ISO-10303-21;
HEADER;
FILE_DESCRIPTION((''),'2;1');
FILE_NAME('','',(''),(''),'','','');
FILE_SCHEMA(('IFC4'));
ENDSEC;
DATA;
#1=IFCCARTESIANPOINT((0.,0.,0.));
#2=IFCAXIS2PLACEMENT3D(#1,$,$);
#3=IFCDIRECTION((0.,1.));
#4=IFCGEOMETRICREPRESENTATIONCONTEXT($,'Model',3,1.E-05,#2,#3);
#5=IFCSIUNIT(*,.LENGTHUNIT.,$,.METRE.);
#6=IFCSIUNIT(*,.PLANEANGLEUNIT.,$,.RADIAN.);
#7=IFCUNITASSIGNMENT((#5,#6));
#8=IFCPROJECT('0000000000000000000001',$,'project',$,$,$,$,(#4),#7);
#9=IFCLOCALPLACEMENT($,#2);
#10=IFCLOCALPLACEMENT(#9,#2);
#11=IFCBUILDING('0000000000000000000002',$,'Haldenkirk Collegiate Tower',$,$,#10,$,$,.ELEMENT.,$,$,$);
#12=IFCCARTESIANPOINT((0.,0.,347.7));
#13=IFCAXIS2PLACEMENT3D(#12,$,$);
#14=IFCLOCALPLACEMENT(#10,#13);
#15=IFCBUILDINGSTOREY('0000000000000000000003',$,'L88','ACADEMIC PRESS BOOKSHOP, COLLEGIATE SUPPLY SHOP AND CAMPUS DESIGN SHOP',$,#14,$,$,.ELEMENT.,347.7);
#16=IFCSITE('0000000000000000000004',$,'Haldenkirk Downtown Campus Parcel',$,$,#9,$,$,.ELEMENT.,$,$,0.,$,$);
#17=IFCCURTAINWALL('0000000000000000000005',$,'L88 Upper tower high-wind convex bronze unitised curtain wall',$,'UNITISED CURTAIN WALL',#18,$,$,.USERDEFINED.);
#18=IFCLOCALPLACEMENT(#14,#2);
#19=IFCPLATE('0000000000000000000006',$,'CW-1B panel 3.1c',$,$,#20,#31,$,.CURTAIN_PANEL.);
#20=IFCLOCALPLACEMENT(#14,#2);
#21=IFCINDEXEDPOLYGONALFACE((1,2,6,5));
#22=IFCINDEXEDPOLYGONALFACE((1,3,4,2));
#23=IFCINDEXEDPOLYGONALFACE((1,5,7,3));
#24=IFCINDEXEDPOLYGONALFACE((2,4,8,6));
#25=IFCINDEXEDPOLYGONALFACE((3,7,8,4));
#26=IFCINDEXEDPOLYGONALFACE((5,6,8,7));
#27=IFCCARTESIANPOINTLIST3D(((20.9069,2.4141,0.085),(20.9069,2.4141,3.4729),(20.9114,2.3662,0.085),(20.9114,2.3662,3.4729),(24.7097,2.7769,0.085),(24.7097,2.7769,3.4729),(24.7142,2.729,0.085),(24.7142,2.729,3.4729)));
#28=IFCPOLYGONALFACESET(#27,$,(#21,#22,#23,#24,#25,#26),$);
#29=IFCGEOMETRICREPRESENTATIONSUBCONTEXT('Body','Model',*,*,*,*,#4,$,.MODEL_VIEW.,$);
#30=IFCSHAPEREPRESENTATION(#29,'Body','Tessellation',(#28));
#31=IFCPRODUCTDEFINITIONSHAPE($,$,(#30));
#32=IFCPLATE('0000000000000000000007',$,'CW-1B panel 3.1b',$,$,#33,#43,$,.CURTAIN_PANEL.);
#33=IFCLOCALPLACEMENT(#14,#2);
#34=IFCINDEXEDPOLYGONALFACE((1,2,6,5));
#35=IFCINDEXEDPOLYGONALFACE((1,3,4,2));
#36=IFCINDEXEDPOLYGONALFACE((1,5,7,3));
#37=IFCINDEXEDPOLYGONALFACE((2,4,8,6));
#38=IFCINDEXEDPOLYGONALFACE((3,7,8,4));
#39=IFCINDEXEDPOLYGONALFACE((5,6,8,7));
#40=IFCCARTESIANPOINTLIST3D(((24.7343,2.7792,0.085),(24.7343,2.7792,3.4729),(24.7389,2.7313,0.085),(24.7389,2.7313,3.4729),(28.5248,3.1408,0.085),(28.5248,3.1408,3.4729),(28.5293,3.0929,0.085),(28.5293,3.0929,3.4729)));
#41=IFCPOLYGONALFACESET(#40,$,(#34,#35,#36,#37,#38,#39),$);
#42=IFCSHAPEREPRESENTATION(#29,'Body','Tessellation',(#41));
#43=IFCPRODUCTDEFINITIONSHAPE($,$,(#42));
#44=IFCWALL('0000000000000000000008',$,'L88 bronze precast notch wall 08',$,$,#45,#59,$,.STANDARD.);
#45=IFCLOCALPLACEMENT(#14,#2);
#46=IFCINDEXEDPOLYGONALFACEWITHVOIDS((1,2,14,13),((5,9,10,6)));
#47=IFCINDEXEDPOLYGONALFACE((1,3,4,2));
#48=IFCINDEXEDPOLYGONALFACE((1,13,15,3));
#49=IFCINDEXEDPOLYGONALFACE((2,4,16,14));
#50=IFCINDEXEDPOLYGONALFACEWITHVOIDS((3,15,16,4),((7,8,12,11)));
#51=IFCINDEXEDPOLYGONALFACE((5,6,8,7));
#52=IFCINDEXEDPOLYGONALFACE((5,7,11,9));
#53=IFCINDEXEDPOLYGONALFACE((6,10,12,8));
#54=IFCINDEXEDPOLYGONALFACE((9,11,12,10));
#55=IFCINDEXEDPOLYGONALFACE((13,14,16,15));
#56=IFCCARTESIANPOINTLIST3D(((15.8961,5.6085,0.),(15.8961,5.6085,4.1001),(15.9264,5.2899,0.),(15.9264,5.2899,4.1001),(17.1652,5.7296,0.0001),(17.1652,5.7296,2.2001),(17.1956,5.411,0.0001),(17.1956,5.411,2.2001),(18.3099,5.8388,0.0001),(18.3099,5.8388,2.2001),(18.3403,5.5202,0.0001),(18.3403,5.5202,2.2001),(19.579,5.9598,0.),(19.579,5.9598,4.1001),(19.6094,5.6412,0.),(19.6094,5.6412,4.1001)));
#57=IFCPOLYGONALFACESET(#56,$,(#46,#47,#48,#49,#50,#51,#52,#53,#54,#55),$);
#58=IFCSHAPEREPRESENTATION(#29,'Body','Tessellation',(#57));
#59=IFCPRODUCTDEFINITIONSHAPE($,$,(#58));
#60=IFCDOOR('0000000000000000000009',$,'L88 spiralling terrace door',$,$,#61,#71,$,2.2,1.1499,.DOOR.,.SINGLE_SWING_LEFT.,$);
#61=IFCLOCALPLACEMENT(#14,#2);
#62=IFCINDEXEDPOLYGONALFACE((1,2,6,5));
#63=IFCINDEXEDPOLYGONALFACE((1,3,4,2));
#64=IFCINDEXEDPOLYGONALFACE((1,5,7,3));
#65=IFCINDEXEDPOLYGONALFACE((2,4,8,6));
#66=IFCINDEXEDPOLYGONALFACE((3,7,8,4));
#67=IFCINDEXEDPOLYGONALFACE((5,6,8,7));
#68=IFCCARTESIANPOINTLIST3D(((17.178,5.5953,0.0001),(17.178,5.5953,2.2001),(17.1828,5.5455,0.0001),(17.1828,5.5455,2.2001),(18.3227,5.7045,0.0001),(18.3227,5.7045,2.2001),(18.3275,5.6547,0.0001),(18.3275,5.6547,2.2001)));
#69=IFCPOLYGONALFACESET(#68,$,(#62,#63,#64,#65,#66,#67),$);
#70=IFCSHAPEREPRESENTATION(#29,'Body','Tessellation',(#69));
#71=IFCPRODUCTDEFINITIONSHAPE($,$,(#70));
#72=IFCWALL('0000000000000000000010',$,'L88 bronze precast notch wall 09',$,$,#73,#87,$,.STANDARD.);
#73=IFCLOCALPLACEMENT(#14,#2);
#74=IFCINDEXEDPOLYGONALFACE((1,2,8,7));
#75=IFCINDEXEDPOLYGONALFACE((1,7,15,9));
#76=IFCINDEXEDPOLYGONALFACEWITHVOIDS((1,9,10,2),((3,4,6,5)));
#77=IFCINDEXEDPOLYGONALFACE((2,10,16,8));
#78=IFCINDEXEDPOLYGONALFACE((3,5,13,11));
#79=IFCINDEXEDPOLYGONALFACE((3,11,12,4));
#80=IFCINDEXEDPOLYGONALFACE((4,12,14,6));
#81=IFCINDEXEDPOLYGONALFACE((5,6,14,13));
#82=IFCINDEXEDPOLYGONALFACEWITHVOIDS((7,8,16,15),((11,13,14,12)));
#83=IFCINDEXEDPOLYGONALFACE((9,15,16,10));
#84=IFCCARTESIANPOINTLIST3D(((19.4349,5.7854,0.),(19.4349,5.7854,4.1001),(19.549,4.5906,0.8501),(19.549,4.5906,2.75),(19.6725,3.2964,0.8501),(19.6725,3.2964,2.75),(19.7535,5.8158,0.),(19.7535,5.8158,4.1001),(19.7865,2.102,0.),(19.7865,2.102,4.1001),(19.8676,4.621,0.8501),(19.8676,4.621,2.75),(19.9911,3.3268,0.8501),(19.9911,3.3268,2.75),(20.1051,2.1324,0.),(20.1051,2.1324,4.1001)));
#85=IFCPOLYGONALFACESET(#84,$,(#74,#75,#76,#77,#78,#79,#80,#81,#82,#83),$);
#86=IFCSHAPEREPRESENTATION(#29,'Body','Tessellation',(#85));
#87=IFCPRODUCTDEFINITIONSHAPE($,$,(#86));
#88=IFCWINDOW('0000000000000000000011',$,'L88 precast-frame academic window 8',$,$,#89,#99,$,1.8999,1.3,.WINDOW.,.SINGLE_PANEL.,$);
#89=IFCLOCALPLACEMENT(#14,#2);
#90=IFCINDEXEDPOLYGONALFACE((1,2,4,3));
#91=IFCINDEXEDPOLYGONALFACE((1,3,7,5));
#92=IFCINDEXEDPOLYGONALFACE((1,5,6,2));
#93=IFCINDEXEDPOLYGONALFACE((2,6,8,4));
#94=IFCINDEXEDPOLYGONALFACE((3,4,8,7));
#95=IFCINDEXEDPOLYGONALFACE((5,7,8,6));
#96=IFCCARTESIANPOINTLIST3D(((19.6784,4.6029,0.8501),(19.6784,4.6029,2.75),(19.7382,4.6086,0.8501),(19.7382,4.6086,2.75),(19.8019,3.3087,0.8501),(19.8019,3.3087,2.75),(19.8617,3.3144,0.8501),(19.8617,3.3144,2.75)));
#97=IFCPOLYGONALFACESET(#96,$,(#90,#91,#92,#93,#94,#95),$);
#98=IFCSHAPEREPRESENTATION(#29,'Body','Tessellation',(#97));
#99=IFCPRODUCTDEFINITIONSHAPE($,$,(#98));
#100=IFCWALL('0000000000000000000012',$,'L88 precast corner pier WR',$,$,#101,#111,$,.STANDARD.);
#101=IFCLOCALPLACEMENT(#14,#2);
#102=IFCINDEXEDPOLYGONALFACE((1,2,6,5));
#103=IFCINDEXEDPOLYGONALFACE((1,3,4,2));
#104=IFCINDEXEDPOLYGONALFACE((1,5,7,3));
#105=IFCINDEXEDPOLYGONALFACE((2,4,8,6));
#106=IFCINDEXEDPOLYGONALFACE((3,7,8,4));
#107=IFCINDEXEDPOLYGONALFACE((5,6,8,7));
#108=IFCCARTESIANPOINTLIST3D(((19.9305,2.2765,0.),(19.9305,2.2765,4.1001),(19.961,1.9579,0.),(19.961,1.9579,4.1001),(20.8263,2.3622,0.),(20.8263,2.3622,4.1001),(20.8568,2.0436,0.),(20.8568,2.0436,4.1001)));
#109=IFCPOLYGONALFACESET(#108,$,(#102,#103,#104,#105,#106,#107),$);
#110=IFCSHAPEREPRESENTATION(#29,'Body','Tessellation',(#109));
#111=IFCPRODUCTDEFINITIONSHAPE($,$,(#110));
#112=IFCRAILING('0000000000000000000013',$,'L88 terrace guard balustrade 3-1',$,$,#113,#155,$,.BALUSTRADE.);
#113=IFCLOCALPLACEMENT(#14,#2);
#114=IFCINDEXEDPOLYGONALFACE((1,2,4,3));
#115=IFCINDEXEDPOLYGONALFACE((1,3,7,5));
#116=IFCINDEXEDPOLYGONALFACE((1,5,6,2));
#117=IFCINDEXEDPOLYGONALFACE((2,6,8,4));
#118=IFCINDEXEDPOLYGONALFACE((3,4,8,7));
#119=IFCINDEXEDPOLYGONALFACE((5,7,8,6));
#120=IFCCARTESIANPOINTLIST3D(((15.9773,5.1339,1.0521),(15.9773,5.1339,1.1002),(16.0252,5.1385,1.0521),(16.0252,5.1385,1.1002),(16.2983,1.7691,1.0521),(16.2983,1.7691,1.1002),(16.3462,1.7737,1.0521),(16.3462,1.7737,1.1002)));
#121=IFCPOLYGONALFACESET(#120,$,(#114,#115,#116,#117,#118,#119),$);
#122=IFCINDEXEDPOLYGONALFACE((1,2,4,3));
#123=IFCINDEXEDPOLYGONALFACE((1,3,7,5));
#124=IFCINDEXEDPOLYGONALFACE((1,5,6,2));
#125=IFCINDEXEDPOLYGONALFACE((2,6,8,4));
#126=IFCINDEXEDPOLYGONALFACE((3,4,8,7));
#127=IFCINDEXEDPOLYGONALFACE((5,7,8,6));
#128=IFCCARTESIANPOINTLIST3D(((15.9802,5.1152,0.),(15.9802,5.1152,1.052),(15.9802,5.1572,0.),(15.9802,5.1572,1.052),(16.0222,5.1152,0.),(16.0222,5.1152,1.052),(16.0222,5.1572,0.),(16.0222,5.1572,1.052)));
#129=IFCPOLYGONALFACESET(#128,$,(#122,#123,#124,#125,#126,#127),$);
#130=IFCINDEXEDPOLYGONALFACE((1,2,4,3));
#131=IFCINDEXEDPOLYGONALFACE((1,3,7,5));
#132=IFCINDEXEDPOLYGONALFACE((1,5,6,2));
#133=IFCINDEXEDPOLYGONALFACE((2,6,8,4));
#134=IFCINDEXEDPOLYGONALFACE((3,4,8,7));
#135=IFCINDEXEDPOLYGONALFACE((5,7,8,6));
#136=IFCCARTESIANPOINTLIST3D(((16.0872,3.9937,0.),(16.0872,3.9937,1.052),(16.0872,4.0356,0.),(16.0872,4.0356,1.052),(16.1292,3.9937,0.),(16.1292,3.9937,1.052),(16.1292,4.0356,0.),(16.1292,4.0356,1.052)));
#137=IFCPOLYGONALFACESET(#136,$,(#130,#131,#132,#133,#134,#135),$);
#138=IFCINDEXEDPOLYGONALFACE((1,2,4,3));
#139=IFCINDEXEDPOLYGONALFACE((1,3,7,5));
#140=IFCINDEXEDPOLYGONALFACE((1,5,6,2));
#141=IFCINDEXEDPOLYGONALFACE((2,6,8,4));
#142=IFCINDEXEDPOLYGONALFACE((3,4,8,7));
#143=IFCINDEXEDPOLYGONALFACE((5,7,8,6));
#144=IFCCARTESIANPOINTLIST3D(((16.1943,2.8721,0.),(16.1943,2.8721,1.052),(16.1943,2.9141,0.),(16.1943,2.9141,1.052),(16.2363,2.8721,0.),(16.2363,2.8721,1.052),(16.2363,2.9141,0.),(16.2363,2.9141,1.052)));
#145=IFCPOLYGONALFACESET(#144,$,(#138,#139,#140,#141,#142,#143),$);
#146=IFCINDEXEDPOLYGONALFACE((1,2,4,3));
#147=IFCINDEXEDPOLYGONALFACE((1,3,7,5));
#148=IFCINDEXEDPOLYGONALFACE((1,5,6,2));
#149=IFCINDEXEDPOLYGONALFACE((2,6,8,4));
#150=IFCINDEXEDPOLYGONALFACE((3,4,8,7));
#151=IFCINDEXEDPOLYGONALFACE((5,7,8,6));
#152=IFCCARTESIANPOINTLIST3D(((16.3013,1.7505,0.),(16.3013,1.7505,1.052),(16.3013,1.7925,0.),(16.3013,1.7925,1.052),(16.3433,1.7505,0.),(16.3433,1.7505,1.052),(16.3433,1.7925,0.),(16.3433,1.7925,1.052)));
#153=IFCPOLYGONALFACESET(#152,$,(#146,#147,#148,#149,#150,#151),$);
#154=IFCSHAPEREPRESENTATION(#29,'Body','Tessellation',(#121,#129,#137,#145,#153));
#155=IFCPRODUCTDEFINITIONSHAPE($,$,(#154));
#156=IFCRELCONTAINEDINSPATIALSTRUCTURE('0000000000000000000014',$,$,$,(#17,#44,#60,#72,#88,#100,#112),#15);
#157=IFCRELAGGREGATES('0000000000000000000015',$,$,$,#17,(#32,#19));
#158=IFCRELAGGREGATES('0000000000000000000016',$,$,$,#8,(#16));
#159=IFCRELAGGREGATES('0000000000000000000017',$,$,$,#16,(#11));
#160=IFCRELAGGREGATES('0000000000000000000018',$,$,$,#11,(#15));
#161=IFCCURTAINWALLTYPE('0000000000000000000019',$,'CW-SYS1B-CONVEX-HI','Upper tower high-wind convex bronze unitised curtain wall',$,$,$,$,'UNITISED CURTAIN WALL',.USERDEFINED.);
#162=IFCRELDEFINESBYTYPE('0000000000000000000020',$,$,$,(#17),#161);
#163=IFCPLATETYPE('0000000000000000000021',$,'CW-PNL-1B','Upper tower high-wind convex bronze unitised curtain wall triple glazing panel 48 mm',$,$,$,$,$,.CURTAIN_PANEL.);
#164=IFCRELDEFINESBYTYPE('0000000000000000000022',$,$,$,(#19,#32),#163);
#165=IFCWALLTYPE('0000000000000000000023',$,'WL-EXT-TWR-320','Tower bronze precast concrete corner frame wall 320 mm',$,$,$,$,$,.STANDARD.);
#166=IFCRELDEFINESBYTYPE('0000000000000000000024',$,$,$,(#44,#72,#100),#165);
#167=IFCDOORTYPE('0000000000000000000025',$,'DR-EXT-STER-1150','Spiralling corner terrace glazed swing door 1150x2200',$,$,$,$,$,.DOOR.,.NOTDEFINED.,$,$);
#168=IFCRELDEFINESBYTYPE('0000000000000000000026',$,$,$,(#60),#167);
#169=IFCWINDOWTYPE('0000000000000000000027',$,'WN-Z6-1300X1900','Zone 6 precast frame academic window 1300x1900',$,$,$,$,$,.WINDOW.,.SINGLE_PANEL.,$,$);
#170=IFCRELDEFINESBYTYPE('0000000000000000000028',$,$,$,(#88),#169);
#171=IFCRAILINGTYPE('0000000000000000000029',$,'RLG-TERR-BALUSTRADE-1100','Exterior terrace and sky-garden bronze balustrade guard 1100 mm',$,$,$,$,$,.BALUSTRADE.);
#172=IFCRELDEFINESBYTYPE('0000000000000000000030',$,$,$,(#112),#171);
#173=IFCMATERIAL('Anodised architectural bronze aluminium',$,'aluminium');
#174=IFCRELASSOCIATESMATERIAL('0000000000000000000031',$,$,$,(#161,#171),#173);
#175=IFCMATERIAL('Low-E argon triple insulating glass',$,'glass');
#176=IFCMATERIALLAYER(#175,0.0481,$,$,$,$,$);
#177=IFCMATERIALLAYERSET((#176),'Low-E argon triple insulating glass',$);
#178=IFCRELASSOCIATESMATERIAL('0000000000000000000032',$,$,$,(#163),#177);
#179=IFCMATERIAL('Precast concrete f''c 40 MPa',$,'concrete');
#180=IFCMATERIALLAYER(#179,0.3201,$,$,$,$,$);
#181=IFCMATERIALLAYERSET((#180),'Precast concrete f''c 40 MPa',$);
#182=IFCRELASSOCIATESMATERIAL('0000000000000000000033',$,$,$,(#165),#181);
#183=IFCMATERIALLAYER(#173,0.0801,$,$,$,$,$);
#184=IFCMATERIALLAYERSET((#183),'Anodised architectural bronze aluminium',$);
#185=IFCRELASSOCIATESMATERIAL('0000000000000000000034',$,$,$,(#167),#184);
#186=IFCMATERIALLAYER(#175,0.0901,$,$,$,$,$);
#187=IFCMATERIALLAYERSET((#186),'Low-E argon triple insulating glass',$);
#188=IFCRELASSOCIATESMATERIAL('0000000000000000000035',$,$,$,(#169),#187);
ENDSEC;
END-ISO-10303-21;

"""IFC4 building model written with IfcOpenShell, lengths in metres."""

from ifc_helpers import new_model, si_unit, direction, frame, frame_2d, origin, origin_2d, place, context, subcontext, project, spatial, rectangle, extrude, source, transform, mapped, material, layer, layer_set, type_object, element, fill, aggregate, save


model = new_model("IFC4")

# Units and contexts
model_context = context("Model", 3, precision=1e-05, world=origin(), true_north=direction((0.0, 1.0)))
body_context = subcontext(model_context, "Body", "Model", "MODEL_VIEW")
ifc_project = project(units=[si_unit("LENGTHUNIT", "METRE"), si_unit("PLANEANGLEUNIT", "RADIAN")], contexts=[model_context])

# Site, building, storey
site_placement = place(None, origin())
site = spatial("IfcSite", under=ifc_project, at=site_placement, Name="Haldenkirk Downtown Campus Parcel", CompositionType="ELEMENT", RefElevation=0.0)
building_placement = place(site_placement, origin())
building = spatial("IfcBuilding", under=site, at=building_placement, Name="Haldenkirk Collegiate Tower", CompositionType="ELEMENT")
storey_placement = place(building_placement, frame((0.0, 0.0, 347.7)))
storey = spatial("IfcBuildingStorey", under=building, at=storey_placement, Name="L88", Description="ACADEMIC PRESS BOOKSHOP, COLLEGIATE SUPPLY SHOP AND CAMPUS DESIGN SHOP", CompositionType="ELEMENT", Elevation=347.7)

# Shared definitions
ifc_material_1 = material(Name="Anodised architectural bronze aluminium", Category="aluminium")
curtain_wall_type = type_object("IfcCurtainWallType", Name="CW-SYS1B-CONVEX-HI", Description="Upper tower high-wind convex bronze unitised curtain wall", ElementType="UNITISED CURTAIN WALL", PredefinedType="USERDEFINED", material=ifc_material_1)

# Curtain wall, plates
curtain_wall_1_placement = place(storey_placement, origin())
curtain_wall_1 = element("IfcCurtainWall", 1, at=curtain_wall_1_placement, inside=storey, type_object=curtain_wall_type, Name="L88 Upper tower high-wind convex bronze unitised curtain wall", ObjectType="UNITISED CURTAIN WALL", PredefinedType="USERDEFINED")
shared_shape_1 = source(origin(), body_context, "Body", "SweptSolid", [
    extrude(rectangle(XDim=3.8201, YDim=0.0481, at=origin_2d()), origin(), (0.0, 0.0, 1.0), 3.3879),
])
ifc_material_2 = material(Name="Low-E argon triple insulating glass", Category="glass")
ifc_layer_1 = layer(ifc_material_2, 0.0481)
ifc_layer_set_1 = layer_set([ifc_layer_1], Name="Low-E argon triple insulating glass")
plate_type_1 = type_object("IfcPlateType", Name="CW-PNL-1B", Description="Upper tower high-wind convex bronze unitised curtain wall triple glazing panel 48 mm", PredefinedType="CURTAIN_PANEL", material=ifc_layer_set_1)
plate_1_placement = place(storey_placement, frame((22.8105, 2.5715, 0.085), z_axis=(0.0, 0.0, 1.0), x_axis=(-0.99548, -0.094973, 0.0)))
plate_1 = element("IfcPlate", 2, at=plate_1_placement, type_object=plate_type_1, Name="CW-1B panel 3.1c", PredefinedType="CURTAIN_PANEL", context=body_context, shape_type="MappedRepresentation", body=[
    mapped(shared_shape_1, transform((0.0, 0.0, 0.0), x_axis=(1.0, 0.0, 0.0), y_axis=(0.0, 1.0, 0.0), z_axis=(0.0, 0.0, 1.0), scale=1.0)),
])
shared_shape_2 = source(origin(), body_context, "Body", "SweptSolid", [
    extrude(rectangle(XDim=3.8076, YDim=0.0481, at=origin_2d()), origin(), (0.0, 0.0, 1.0), 3.3879),
])
plate_2_placement = place(storey_placement, frame((26.6318, 2.936, 0.085), z_axis=(0.0, 0.0, 1.0), x_axis=(-0.99548, -0.094973, 0.0)))
plate_2 = element("IfcPlate", 3, at=plate_2_placement, type_object=plate_type_1, Name="CW-1B panel 3.1b", PredefinedType="CURTAIN_PANEL", context=body_context, shape_type="MappedRepresentation", body=[
    mapped(shared_shape_2, transform((0.0, 0.0, 0.0), x_axis=(1.0, 0.0, 0.0), y_axis=(0.0, 1.0, 0.0), z_axis=(0.0, 0.0, 1.0), scale=1.0)),
])
aggregate(curtain_wall_1, [plate_2, plate_1])

# Wall, opening, door
ifc_material_3 = material(Name="Precast concrete f'c 40 MPa", Category="concrete")
ifc_layer_2 = layer(ifc_material_3, 0.3201)
ifc_layer_set_2 = layer_set([ifc_layer_2], Name="Precast concrete f'c 40 MPa")
wall_type = type_object("IfcWallType", Name="WL-EXT-TWR-320", Description="Tower bronze precast concrete corner frame wall 320 mm", PredefinedType="STANDARD", material=ifc_layer_set_2)
wall_1_placement = place(storey_placement, frame((19.5942, 5.8005, 0.0), z_axis=(0.0, 0.0, 1.0), x_axis=(-0.995482, -0.094955, 0.0)))
wall_1 = element("IfcWall", 4, at=wall_1_placement, inside=storey, type_object=wall_type, Name="L88 bronze precast notch wall 08", PredefinedType="STANDARD", context=body_context, shape_type="SweptSolid", body=[
    extrude(rectangle(XDim=3.6997, YDim=0.3201, at=frame_2d((1.8499, 0.0))), origin(), (0.0, 0.0, 1.0), 4.1001),
])
opening_1_placement = place(wall_1_placement, frame((1.2749, 0.0, 0.0)))
opening_1 = element("IfcOpeningElement", 5, at=opening_1_placement, cuts=wall_1, PredefinedType="OPENING", context=body_context, shape_type="SweptSolid", body=[
    extrude(rectangle(XDim=1.1499, YDim=2.2, at=frame_2d((0.575, 1.1001))), frame((0.0, 0.1699, 0.0), z_axis=(0.0, -1.0, 0.0), x_axis=(1.0, 0.0, 0.0)), (0.0, 0.0, 1.0), 0.3401),
])
ifc_layer_3 = layer(ifc_material_1, 0.0801)
ifc_layer_set_3 = layer_set([ifc_layer_3], Name="Anodised architectural bronze aluminium")
door_type = type_object("IfcDoorType", Name="DR-EXT-STER-1150", Description="Spiralling corner terrace glazed swing door 1150x2200", OperationType="NOTDEFINED", PredefinedType="DOOR", material=ifc_layer_set_3)
door_placement = place(opening_1_placement, origin())
door = element("IfcDoor", 6, at=door_placement, inside=storey, type_object=door_type, Name="L88 spiralling terrace door", OperationType="SINGLE_SWING_LEFT", OverallHeight=2.2, OverallWidth=1.1499, PredefinedType="DOOR", context=body_context, shape_type="SweptSolid", body=[
    extrude(rectangle(XDim=1.1499, YDim=2.2, at=frame_2d((0.575, 1.1001))), frame((0.0, 0.0249, 0.0), z_axis=(0.0, -1.0, 0.0), x_axis=(1.0, 0.0, 0.0)), (0.0, 0.0, 1.0), 0.05),
])
fill(opening_1, door)

# Wall, opening, window
wall_2_placement = place(storey_placement, frame((19.9458, 2.1172, 0.0), z_axis=(0.0, 0.0, 1.0), x_axis=(-0.095015, 0.995476, 0.0)))
wall_2 = element("IfcWall", 7, at=wall_2_placement, inside=storey, type_object=wall_type, Name="L88 bronze precast notch wall 09", PredefinedType="STANDARD", context=body_context, shape_type="SweptSolid", body=[
    extrude(rectangle(XDim=3.7002, YDim=0.3201, at=frame_2d((1.8501, 0.0))), origin(), (0.0, 0.0, 1.0), 4.1001),
])
opening_2_placement = place(wall_2_placement, frame((1.2, 0.0, 0.8501)))
opening_2 = element("IfcOpeningElement", 8, at=opening_2_placement, cuts=wall_2, PredefinedType="OPENING", context=body_context, shape_type="SweptSolid", body=[
    extrude(rectangle(XDim=1.3, YDim=1.8999, at=frame_2d((0.6499, 0.95))), frame((0.0, 0.1699, 0.0), z_axis=(0.0, -1.0, 0.0), x_axis=(1.0, 0.0, 0.0)), (0.0, 0.0, 1.0), 0.3401),
])
ifc_layer_4 = layer(ifc_material_2, 0.0901)
ifc_layer_set_4 = layer_set([ifc_layer_4], Name="Low-E argon triple insulating glass")
window_type = type_object("IfcWindowType", Name="WN-Z6-1300X1900", Description="Zone 6 precast frame academic window 1300x1900", PartitioningType="SINGLE_PANEL", PredefinedType="WINDOW", material=ifc_layer_set_4)
window_placement = place(opening_2_placement, origin())
window = element("IfcWindow", 9, at=window_placement, inside=storey, type_object=window_type, Name="L88 precast-frame academic window 8", OverallHeight=1.8999, OverallWidth=1.3, PartitioningType="SINGLE_PANEL", PredefinedType="WINDOW", context=body_context, shape_type="SweptSolid", body=[
    extrude(rectangle(XDim=1.3, YDim=1.8999, at=frame_2d((0.6499, 0.95))), frame((0.0, 0.03, 0.0), z_axis=(0.0, -1.0, 0.0), x_axis=(1.0, 0.0, 0.0)), (0.0, 0.0, 1.0), 0.0601),
])
fill(opening_2, window)

# Wall
wall_3_placement = place(storey_placement, frame((20.8416, 2.2029, 0.0), z_axis=(0.0, 0.0, 1.0), x_axis=(-0.995455, -0.095232, 0.0)))
element("IfcWall", 10, at=wall_3_placement, inside=storey, type_object=wall_type, Name="L88 precast corner pier WR", PredefinedType="STANDARD", context=body_context, shape_type="SweptSolid", body=[
    extrude(rectangle(XDim=0.8999, YDim=0.3201, at=frame_2d((0.45, 0.0))), origin(), (0.0, 0.0, 1.0), 4.1001),
])

# Railing
railing_type = type_object("IfcRailingType", Name="RLG-TERR-BALUSTRADE-1100", Description="Exterior terrace and sky-garden bronze balustrade guard 1100 mm", PredefinedType="BALUSTRADE", material=ifc_material_1)
railing_1_placement = place(storey_placement, frame((16.0012, 5.1362, 0.0)))
element("IfcRailing", 11, at=railing_1_placement, inside=storey, type_object=railing_type, Name="L88 terrace guard balustrade 3-1", PredefinedType="BALUSTRADE", context=body_context, shape_type="SweptSolid", body=[
    extrude(rectangle(XDim=0.0481, YDim=0.0481, at=origin_2d()), frame((0.0, 0.0, 1.0762), z_axis=(0.094983, -0.995479, 0.0), x_axis=(0.995479, 0.094983, 0.0)), (0.0, 0.0, 1.0), 3.3801),
    extrude(rectangle(XDim=0.042, YDim=0.042, at=origin_2d()), origin(), (0.0, 0.0, 1.0), 1.052),
    extrude(rectangle(XDim=0.042, YDim=0.042, at=origin_2d()), frame((0.1069, -1.1216, 0.0)), (0.0, 0.0, 1.0), 1.052),
    extrude(rectangle(XDim=0.042, YDim=0.042, at=origin_2d()), frame((0.2141, -2.2432, 0.0)), (0.0, 0.0, 1.0), 1.052),
    extrude(rectangle(XDim=0.042, YDim=0.042, at=origin_2d()), frame((0.321, -3.3647, 0.0)), (0.0, 0.0, 1.0), 1.052),
])

save(model, "model.ifc")
